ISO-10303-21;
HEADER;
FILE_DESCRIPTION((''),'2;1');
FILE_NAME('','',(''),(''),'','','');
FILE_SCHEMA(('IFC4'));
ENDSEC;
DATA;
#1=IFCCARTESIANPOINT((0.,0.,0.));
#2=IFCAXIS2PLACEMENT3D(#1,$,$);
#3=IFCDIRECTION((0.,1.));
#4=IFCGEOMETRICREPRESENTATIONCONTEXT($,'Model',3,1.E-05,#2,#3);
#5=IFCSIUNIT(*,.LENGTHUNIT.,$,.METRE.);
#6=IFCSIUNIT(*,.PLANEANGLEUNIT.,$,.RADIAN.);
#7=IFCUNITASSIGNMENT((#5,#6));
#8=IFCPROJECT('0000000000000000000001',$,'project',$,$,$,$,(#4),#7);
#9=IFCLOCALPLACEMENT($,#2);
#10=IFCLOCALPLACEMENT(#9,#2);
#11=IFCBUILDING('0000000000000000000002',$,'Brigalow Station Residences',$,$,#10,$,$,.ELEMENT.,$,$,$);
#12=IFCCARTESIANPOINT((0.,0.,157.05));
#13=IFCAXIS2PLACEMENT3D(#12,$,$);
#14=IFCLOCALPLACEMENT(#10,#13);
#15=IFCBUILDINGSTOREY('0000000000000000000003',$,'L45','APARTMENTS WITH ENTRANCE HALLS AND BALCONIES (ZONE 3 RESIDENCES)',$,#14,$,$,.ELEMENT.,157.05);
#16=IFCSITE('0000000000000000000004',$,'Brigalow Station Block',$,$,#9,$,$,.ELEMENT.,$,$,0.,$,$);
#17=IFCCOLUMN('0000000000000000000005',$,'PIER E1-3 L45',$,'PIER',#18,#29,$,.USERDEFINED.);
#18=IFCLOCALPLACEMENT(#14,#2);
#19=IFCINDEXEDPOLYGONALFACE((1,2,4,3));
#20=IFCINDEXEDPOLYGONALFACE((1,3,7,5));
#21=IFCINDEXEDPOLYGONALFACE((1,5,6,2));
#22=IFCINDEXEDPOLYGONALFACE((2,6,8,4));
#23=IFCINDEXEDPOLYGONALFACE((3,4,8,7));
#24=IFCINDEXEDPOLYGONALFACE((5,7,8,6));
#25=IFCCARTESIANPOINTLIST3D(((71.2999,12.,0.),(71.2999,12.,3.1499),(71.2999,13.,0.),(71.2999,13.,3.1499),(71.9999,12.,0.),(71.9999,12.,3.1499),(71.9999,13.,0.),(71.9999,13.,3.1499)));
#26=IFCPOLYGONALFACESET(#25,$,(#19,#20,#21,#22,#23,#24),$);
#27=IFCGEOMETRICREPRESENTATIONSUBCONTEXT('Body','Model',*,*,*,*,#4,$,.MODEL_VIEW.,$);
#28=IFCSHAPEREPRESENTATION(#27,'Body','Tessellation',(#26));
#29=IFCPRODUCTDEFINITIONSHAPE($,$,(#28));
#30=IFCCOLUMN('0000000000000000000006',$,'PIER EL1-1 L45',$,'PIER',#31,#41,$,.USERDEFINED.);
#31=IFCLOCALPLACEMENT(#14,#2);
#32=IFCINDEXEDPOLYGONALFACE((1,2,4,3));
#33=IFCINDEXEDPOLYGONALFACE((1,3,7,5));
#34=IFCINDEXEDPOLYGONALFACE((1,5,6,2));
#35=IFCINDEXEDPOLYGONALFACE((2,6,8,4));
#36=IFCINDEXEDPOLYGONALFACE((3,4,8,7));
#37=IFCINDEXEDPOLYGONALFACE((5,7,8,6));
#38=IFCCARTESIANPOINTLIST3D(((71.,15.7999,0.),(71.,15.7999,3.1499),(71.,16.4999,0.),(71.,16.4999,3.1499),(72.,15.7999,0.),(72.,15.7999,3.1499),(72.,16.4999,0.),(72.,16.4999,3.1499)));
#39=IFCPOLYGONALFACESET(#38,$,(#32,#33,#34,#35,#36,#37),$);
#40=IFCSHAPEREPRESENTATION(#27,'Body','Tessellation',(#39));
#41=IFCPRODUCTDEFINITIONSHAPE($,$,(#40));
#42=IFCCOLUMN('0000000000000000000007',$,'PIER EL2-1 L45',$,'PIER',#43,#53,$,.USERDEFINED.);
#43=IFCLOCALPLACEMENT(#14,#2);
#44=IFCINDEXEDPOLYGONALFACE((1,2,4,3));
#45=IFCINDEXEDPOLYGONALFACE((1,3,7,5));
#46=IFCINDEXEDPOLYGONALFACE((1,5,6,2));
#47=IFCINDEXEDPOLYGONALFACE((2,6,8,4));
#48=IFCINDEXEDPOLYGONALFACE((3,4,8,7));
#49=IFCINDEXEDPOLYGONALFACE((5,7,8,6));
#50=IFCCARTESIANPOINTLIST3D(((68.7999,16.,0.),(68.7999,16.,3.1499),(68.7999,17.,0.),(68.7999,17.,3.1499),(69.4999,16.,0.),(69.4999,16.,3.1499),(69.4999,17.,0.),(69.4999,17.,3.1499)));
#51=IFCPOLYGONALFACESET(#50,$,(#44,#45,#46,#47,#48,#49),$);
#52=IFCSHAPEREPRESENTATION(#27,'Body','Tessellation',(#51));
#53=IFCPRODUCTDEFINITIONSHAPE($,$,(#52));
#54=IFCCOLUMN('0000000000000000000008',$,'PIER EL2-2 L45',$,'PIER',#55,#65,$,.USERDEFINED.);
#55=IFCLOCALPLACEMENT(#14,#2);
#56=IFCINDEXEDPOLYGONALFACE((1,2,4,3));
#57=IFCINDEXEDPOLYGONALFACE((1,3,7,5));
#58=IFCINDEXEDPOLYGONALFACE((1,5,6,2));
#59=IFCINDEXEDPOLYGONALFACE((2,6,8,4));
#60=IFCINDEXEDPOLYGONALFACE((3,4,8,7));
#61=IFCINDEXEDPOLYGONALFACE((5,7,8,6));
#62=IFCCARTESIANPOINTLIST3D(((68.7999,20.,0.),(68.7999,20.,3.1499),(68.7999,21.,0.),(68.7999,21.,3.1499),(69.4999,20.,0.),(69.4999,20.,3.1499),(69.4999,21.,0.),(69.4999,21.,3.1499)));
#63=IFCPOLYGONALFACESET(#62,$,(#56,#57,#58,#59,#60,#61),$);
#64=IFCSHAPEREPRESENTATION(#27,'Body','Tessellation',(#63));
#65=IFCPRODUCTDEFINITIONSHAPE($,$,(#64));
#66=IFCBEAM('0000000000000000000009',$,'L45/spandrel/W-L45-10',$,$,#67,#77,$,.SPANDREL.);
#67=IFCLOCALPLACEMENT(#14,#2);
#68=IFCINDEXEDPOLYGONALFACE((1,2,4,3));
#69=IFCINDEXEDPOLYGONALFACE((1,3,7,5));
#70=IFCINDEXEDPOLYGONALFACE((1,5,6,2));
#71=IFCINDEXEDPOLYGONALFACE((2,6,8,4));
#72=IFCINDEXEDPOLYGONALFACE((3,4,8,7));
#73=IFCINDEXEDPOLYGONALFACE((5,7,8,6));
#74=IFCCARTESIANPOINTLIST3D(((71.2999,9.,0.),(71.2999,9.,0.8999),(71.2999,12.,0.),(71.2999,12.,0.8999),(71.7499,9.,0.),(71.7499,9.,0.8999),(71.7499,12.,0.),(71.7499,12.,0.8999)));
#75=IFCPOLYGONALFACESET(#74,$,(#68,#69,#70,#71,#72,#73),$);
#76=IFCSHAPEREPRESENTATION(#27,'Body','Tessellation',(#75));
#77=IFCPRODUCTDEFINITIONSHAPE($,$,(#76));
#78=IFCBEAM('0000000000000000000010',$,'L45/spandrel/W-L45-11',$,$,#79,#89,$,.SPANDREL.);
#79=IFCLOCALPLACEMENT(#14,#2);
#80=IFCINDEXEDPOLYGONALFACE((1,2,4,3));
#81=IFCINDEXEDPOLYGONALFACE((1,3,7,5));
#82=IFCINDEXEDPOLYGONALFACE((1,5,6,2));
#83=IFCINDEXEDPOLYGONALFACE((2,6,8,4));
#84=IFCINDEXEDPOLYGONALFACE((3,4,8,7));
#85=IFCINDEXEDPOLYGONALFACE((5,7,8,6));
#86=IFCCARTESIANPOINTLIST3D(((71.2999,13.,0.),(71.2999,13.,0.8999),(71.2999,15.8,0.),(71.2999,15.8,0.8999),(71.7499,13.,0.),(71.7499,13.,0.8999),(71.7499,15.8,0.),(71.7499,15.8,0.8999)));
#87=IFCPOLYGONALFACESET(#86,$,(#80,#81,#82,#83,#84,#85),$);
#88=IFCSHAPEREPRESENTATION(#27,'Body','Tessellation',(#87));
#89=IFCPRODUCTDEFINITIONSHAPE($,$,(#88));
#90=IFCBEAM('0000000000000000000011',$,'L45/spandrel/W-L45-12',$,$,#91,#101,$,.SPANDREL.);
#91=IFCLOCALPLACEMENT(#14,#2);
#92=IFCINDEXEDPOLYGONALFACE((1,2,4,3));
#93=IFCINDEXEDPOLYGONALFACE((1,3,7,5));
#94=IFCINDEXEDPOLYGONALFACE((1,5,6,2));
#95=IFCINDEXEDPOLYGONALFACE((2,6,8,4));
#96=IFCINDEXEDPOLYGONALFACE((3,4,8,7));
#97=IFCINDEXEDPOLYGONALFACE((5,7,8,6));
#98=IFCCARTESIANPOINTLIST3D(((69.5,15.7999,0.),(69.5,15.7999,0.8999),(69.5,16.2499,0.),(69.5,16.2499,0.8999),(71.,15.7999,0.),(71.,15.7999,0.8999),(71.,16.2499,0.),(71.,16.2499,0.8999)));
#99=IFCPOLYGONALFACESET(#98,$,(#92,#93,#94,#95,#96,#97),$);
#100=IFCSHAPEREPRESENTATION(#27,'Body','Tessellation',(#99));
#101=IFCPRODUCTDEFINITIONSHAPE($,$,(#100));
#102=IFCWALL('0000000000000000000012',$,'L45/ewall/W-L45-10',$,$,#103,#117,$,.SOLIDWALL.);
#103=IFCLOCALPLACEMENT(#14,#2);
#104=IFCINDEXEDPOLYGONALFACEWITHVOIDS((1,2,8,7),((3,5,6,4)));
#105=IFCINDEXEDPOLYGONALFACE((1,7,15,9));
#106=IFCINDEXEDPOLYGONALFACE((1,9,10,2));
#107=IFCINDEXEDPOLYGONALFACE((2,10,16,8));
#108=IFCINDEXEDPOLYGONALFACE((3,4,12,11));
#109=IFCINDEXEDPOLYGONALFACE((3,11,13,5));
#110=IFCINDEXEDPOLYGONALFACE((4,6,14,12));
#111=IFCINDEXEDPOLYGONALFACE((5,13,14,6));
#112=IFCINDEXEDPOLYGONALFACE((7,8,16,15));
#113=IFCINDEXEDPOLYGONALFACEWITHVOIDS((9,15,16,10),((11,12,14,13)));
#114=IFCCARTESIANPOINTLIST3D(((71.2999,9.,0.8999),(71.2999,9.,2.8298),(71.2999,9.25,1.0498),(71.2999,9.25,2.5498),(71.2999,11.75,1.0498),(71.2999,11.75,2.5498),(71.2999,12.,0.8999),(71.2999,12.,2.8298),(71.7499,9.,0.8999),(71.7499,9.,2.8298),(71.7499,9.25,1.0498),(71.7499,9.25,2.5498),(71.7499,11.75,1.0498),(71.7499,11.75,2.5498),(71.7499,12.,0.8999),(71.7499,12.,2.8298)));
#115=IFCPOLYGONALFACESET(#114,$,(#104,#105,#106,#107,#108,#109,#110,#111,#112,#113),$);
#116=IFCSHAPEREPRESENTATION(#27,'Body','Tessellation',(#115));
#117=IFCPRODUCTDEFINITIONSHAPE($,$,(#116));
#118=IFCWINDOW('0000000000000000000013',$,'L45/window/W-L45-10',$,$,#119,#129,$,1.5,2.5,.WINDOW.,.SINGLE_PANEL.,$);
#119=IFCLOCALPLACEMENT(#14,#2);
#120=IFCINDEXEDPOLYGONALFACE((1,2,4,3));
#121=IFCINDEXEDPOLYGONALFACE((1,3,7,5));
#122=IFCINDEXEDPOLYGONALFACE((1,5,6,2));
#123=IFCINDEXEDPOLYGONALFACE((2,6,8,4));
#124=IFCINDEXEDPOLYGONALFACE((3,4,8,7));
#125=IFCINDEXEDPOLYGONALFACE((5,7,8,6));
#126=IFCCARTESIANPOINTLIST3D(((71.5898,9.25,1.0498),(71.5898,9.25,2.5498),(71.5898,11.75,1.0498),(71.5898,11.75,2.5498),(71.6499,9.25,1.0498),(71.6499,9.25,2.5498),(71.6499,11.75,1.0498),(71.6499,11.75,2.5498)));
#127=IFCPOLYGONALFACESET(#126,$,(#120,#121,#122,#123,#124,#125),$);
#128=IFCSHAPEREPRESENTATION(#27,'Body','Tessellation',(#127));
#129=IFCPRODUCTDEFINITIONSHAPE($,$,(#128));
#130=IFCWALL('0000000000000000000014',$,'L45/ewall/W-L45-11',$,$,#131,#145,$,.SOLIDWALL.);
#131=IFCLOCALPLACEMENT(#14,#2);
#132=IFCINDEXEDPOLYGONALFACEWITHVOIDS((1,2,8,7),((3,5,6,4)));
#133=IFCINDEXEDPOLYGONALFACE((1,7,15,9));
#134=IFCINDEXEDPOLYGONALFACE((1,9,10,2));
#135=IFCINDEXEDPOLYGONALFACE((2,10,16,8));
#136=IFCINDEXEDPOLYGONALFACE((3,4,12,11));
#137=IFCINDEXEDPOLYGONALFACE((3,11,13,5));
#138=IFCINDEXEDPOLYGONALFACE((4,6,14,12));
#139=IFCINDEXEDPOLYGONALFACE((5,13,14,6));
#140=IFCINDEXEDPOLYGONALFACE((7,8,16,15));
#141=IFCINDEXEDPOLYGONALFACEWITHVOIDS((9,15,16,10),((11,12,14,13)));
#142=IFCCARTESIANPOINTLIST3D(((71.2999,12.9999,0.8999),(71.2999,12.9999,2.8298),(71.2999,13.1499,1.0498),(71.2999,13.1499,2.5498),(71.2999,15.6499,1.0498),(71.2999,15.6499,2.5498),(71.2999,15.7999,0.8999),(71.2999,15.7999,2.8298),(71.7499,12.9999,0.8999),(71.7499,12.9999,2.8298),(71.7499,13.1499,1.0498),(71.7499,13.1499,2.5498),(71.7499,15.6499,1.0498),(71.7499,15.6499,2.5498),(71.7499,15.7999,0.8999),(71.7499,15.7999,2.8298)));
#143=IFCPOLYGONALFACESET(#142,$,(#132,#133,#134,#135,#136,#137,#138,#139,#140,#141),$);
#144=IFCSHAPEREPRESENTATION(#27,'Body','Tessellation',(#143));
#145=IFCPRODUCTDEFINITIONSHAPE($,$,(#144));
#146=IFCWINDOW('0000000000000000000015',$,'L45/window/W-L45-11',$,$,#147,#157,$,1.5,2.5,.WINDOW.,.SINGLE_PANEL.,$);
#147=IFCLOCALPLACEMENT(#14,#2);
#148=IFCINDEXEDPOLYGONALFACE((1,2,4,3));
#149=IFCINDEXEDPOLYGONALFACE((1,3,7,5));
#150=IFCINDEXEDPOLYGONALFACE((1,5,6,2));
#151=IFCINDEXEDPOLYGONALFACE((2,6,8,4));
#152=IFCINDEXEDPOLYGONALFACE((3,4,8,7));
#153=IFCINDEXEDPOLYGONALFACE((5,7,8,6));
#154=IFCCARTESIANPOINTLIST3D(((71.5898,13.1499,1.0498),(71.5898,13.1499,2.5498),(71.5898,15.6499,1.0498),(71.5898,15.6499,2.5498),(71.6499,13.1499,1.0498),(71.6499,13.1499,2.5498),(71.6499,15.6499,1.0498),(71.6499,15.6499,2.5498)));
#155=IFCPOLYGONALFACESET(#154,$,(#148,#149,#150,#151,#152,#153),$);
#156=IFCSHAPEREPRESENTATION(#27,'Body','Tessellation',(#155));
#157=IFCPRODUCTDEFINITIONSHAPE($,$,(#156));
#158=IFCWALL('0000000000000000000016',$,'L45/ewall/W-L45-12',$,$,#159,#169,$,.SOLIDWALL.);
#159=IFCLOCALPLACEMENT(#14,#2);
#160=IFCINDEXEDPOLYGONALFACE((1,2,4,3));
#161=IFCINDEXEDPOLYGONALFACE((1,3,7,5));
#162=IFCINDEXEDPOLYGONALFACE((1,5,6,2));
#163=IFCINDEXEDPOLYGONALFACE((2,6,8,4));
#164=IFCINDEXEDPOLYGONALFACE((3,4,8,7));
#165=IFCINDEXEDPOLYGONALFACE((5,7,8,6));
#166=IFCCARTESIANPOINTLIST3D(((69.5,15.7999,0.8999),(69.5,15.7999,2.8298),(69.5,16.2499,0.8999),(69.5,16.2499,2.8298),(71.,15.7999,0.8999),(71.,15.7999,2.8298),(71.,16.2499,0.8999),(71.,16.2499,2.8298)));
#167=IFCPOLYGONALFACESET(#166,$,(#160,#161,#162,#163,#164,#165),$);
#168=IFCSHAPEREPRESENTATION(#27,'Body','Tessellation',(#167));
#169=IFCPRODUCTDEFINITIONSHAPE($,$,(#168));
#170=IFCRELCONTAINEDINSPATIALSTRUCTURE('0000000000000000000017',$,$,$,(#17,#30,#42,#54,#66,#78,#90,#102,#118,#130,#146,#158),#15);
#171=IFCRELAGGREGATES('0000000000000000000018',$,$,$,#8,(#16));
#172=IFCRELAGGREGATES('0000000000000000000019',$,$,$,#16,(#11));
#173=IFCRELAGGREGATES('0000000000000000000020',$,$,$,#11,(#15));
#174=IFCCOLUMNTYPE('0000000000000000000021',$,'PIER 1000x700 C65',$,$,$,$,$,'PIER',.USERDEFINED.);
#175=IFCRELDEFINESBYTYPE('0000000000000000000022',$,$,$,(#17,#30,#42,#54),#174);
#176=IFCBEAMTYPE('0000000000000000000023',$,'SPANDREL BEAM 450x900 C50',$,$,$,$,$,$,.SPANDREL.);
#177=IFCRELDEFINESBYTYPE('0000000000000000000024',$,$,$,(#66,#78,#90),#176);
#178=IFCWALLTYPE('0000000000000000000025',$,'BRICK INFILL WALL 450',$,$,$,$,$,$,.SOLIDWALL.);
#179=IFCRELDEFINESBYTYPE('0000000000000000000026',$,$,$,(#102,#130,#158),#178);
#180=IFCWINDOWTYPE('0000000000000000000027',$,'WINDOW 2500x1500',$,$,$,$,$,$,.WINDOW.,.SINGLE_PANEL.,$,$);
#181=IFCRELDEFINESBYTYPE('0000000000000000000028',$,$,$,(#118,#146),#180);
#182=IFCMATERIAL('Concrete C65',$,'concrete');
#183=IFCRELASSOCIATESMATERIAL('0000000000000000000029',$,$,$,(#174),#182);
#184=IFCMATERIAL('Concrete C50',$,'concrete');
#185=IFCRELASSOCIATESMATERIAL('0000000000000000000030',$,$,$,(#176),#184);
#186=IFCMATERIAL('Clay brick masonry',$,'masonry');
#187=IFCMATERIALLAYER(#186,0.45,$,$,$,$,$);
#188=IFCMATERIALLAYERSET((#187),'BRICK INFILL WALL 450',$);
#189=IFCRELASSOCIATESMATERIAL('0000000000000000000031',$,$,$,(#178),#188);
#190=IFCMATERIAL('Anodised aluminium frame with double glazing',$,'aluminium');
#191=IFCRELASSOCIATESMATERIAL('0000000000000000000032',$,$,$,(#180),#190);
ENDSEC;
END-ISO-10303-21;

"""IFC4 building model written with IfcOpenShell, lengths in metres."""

from ifc_helpers import new_model, si_unit, direction, frame, frame_2d, origin, origin_2d, place, context, subcontext, project, spatial, rectangle, extrude, material, layer, layer_set, material_profile, profile_set, type_object, element, fill, save


model = new_model("IFC4")

# Units and contexts
model_context = context("Model", 3, precision=1e-05, world=origin(), true_north=direction((0.0, 1.0)))
body_context = subcontext(model_context, "Body", "Model", "MODEL_VIEW")
ifc_project = project(units=[si_unit("LENGTHUNIT", "METRE"), si_unit("PLANEANGLEUNIT", "RADIAN")], contexts=[model_context])

# Site, building, storey
site_placement = place(None, origin())
site = spatial("IfcSite", under=ifc_project, at=site_placement, Name="Brigalow Station Block", CompositionType="ELEMENT", RefElevation=0.0)
building_placement = place(site_placement, origin())
building = spatial("IfcBuilding", under=site, at=building_placement, Name="Brigalow Station Residences", CompositionType="ELEMENT")
storey_placement = place(building_placement, frame((0.0, 0.0, 157.05)))
storey = spatial("IfcBuildingStorey", under=building, at=storey_placement, Name="L45", Description="APARTMENTS WITH ENTRANCE HALLS AND BALCONIES (ZONE 3 RESIDENCES)", CompositionType="ELEMENT", Elevation=157.05)

# Columns
ifc_material_1 = material(Name="Concrete C65", Category="concrete")
ifc_material_profile_1 = material_profile(ifc_material_1, rectangle(XDim=1.0, YDim=0.7, at=origin_2d()), Name="RC1000x700")
ifc_profile_set_1 = profile_set([ifc_material_profile_1], Name="Concrete C65")
column_type = type_object("IfcColumnType", Name="PIER 1000x700 C65", ElementType="PIER", PredefinedType="USERDEFINED", material=ifc_profile_set_1)
for number, where, z_axis, x_axis, name in (
    (1, (71.6499, 12.5, 0.0), (0.0, 0.0, 1.0), (0.0, 1.0, 0.0), "PIER E1-3 L45"),
    (2, (71.5, 16.1499, 0.0), (0.0, 0.0, 1.0), (-1.0, 0.0, 0.0), "PIER EL1-1 L45"),
    (3, (69.1499, 16.5, 0.0), (0.0, 0.0, 1.0), (0.0, 1.0, 0.0), "PIER EL2-1 L45"),
    (4, (69.1499, 20.5, 0.0), (0.0, 0.0, 1.0), (0.0, 1.0, 0.0), "PIER EL2-2 L45"),
):
    element("IfcColumn", number, at=place(storey_placement, frame(where, z_axis=z_axis, x_axis=x_axis)), inside=storey, type_object=column_type, Name=name, ObjectType="PIER", PredefinedType="USERDEFINED", context=body_context, shape_type="SweptSolid", body=[
        extrude(rectangle(XDim=1.0, YDim=0.7, at=origin_2d()), origin(), (0.0, 0.0, 1.0), 3.1499),
    ])

# Beams
ifc_material_2 = material(Name="Concrete C50", Category="concrete")
ifc_material_profile_2 = material_profile(ifc_material_2, rectangle(XDim=0.45, YDim=0.8999, at=origin_2d()), Name="RC450x900")
ifc_profile_set_2 = profile_set([ifc_material_profile_2], Name="Concrete C50")
beam_type = type_object("IfcBeamType", Name="SPANDREL BEAM 450x900 C50", PredefinedType="SPANDREL", material=ifc_profile_set_2)
beam_1_placement = place(storey_placement, frame((71.5249, 9.0, 0.45), z_axis=(0.0, 1.0, 0.0), x_axis=(-1.0, 0.0, 0.0)))
element("IfcBeam", 5, at=beam_1_placement, inside=storey, type_object=beam_type, Name="L45/spandrel/W-L45-10", PredefinedType="SPANDREL", context=body_context, shape_type="SweptSolid", body=[
    extrude(rectangle(XDim=0.45, YDim=0.8999, at=origin_2d()), origin(), (0.0, 0.0, 1.0), 3.0),
])
beam_2_placement = place(storey_placement, frame((71.5249, 13.0, 0.45), z_axis=(0.0, 1.0, 0.0), x_axis=(-1.0, 0.0, 0.0)))
element("IfcBeam", 6, at=beam_2_placement, inside=storey, type_object=beam_type, Name="L45/spandrel/W-L45-11", PredefinedType="SPANDREL", context=body_context, shape_type="SweptSolid", body=[
    extrude(rectangle(XDim=0.45, YDim=0.8999, at=origin_2d()), origin(), (0.0, 0.0, 1.0), 2.8),
])
beam_3_placement = place(storey_placement, frame((71.0, 16.0249, 0.45), z_axis=(-1.0, 0.0, 0.0), x_axis=(0.0, -1.0, 0.0)))
element("IfcBeam", 7, at=beam_3_placement, inside=storey, type_object=beam_type, Name="L45/spandrel/W-L45-12", PredefinedType="SPANDREL", context=body_context, shape_type="SweptSolid", body=[
    extrude(rectangle(XDim=0.45, YDim=0.8999, at=origin_2d()), origin(), (0.0, 0.0, 1.0), 1.5),
])

# Walls, openings, windows
ifc_material_3 = material(Name="Clay brick masonry", Category="masonry")
ifc_layer = layer(ifc_material_3, 0.45)
ifc_layer_set = layer_set([ifc_layer], Name="BRICK INFILL WALL 450")
wall_type = type_object("IfcWallType", Name="BRICK INFILL WALL 450", PredefinedType="SOLIDWALL", material=ifc_layer_set)
wall_1_placement = place(storey_placement, frame((71.5249, 9.0, 0.8999), z_axis=(0.0, 0.0, 1.0), x_axis=(0.0, 1.0, 0.0)))
wall_1 = element("IfcWall", 8, at=wall_1_placement, inside=storey, type_object=wall_type, Name="L45/ewall/W-L45-10", PredefinedType="SOLIDWALL", context=body_context, shape_type="SweptSolid", body=[
    extrude(rectangle(XDim=3.0, YDim=0.45, at=frame_2d((1.5, 0.0))), origin(), (0.0, 0.0, 1.0), 1.9299),
])
opening_1_placement = place(wall_1_placement, frame((0.25, 0.0, 0.1499)))
opening_1 = element("IfcOpeningElement", 9, at=opening_1_placement, cuts=wall_1, PredefinedType="OPENING", context=body_context, shape_type="SweptSolid", body=[
    extrude(rectangle(XDim=2.5, YDim=1.5, at=frame_2d((1.25, 0.75))), frame((0.0, 0.2349, 0.0), z_axis=(0.0, -1.0, 0.0), x_axis=(1.0, 0.0, 0.0)), (0.0, 0.0, 1.0), 0.47),
])
ifc_material_4 = material(Name="Anodised aluminium frame with double glazing", Category="aluminium")
window_type = type_object("IfcWindowType", Name="WINDOW 2500x1500", PartitioningType="SINGLE_PANEL", PredefinedType="WINDOW", material=ifc_material_4)
window_1_placement = place(opening_1_placement, origin())
window_1 = element("IfcWindow", 10, at=window_1_placement, inside=storey, type_object=window_type, Name="L45/window/W-L45-10", OverallHeight=1.5, OverallWidth=2.5, PartitioningType="SINGLE_PANEL", PredefinedType="WINDOW", context=body_context, shape_type="SweptSolid", body=[
    extrude(rectangle(XDim=2.5, YDim=1.5, at=frame_2d((1.25, 0.75))), frame((0.0, -0.0649, 0.0), z_axis=(0.0, -1.0, 0.0), x_axis=(1.0, 0.0, 0.0)), (0.0, 0.0, 1.0), 0.0601),
])
fill(opening_1, window_1)
wall_2_placement = place(storey_placement, frame((71.5249, 13.0, 0.8999), z_axis=(0.0, 0.0, 1.0), x_axis=(0.0, 1.0, 0.0)))
wall_2 = element("IfcWall", 11, at=wall_2_placement, inside=storey, type_object=wall_type, Name="L45/ewall/W-L45-11", PredefinedType="SOLIDWALL", context=body_context, shape_type="SweptSolid", body=[
    extrude(rectangle(XDim=2.8, YDim=0.45, at=frame_2d((1.3999, 0.0))), origin(), (0.0, 0.0, 1.0), 1.9299),
])
opening_2_placement = place(wall_2_placement, frame((0.1499, 0.0, 0.1499)))
opening_2 = element("IfcOpeningElement", 12, at=opening_2_placement, cuts=wall_2, PredefinedType="OPENING", context=body_context, shape_type="SweptSolid", body=[
    extrude(rectangle(XDim=2.5, YDim=1.5, at=frame_2d((1.25, 0.75))), frame((0.0, 0.2349, 0.0), z_axis=(0.0, -1.0, 0.0), x_axis=(1.0, 0.0, 0.0)), (0.0, 0.0, 1.0), 0.47),
])
window_2_placement = place(opening_2_placement, origin())
window_2 = element("IfcWindow", 13, at=window_2_placement, inside=storey, type_object=window_type, Name="L45/window/W-L45-11", OverallHeight=1.5, OverallWidth=2.5, PartitioningType="SINGLE_PANEL", PredefinedType="WINDOW", context=body_context, shape_type="SweptSolid", body=[
    extrude(rectangle(XDim=2.5, YDim=1.5, at=frame_2d((1.25, 0.75))), frame((0.0, -0.0649, 0.0), z_axis=(0.0, -1.0, 0.0), x_axis=(1.0, 0.0, 0.0)), (0.0, 0.0, 1.0), 0.0601),
])
fill(opening_2, window_2)

# Wall
wall_3_placement = place(storey_placement, frame((71.0, 16.0249, 0.8999), z_axis=(0.0, 0.0, 1.0), x_axis=(-1.0, 0.0, 0.0)))
element("IfcWall", 14, at=wall_3_placement, inside=storey, type_object=wall_type, Name="L45/ewall/W-L45-12", PredefinedType="SOLIDWALL", context=body_context, shape_type="SweptSolid", body=[
    extrude(rectangle(XDim=1.5, YDim=0.45, at=frame_2d((0.75, 0.0))), origin(), (0.0, 0.0, 1.0), 1.9299),
])

save(model, "model.ifc")
